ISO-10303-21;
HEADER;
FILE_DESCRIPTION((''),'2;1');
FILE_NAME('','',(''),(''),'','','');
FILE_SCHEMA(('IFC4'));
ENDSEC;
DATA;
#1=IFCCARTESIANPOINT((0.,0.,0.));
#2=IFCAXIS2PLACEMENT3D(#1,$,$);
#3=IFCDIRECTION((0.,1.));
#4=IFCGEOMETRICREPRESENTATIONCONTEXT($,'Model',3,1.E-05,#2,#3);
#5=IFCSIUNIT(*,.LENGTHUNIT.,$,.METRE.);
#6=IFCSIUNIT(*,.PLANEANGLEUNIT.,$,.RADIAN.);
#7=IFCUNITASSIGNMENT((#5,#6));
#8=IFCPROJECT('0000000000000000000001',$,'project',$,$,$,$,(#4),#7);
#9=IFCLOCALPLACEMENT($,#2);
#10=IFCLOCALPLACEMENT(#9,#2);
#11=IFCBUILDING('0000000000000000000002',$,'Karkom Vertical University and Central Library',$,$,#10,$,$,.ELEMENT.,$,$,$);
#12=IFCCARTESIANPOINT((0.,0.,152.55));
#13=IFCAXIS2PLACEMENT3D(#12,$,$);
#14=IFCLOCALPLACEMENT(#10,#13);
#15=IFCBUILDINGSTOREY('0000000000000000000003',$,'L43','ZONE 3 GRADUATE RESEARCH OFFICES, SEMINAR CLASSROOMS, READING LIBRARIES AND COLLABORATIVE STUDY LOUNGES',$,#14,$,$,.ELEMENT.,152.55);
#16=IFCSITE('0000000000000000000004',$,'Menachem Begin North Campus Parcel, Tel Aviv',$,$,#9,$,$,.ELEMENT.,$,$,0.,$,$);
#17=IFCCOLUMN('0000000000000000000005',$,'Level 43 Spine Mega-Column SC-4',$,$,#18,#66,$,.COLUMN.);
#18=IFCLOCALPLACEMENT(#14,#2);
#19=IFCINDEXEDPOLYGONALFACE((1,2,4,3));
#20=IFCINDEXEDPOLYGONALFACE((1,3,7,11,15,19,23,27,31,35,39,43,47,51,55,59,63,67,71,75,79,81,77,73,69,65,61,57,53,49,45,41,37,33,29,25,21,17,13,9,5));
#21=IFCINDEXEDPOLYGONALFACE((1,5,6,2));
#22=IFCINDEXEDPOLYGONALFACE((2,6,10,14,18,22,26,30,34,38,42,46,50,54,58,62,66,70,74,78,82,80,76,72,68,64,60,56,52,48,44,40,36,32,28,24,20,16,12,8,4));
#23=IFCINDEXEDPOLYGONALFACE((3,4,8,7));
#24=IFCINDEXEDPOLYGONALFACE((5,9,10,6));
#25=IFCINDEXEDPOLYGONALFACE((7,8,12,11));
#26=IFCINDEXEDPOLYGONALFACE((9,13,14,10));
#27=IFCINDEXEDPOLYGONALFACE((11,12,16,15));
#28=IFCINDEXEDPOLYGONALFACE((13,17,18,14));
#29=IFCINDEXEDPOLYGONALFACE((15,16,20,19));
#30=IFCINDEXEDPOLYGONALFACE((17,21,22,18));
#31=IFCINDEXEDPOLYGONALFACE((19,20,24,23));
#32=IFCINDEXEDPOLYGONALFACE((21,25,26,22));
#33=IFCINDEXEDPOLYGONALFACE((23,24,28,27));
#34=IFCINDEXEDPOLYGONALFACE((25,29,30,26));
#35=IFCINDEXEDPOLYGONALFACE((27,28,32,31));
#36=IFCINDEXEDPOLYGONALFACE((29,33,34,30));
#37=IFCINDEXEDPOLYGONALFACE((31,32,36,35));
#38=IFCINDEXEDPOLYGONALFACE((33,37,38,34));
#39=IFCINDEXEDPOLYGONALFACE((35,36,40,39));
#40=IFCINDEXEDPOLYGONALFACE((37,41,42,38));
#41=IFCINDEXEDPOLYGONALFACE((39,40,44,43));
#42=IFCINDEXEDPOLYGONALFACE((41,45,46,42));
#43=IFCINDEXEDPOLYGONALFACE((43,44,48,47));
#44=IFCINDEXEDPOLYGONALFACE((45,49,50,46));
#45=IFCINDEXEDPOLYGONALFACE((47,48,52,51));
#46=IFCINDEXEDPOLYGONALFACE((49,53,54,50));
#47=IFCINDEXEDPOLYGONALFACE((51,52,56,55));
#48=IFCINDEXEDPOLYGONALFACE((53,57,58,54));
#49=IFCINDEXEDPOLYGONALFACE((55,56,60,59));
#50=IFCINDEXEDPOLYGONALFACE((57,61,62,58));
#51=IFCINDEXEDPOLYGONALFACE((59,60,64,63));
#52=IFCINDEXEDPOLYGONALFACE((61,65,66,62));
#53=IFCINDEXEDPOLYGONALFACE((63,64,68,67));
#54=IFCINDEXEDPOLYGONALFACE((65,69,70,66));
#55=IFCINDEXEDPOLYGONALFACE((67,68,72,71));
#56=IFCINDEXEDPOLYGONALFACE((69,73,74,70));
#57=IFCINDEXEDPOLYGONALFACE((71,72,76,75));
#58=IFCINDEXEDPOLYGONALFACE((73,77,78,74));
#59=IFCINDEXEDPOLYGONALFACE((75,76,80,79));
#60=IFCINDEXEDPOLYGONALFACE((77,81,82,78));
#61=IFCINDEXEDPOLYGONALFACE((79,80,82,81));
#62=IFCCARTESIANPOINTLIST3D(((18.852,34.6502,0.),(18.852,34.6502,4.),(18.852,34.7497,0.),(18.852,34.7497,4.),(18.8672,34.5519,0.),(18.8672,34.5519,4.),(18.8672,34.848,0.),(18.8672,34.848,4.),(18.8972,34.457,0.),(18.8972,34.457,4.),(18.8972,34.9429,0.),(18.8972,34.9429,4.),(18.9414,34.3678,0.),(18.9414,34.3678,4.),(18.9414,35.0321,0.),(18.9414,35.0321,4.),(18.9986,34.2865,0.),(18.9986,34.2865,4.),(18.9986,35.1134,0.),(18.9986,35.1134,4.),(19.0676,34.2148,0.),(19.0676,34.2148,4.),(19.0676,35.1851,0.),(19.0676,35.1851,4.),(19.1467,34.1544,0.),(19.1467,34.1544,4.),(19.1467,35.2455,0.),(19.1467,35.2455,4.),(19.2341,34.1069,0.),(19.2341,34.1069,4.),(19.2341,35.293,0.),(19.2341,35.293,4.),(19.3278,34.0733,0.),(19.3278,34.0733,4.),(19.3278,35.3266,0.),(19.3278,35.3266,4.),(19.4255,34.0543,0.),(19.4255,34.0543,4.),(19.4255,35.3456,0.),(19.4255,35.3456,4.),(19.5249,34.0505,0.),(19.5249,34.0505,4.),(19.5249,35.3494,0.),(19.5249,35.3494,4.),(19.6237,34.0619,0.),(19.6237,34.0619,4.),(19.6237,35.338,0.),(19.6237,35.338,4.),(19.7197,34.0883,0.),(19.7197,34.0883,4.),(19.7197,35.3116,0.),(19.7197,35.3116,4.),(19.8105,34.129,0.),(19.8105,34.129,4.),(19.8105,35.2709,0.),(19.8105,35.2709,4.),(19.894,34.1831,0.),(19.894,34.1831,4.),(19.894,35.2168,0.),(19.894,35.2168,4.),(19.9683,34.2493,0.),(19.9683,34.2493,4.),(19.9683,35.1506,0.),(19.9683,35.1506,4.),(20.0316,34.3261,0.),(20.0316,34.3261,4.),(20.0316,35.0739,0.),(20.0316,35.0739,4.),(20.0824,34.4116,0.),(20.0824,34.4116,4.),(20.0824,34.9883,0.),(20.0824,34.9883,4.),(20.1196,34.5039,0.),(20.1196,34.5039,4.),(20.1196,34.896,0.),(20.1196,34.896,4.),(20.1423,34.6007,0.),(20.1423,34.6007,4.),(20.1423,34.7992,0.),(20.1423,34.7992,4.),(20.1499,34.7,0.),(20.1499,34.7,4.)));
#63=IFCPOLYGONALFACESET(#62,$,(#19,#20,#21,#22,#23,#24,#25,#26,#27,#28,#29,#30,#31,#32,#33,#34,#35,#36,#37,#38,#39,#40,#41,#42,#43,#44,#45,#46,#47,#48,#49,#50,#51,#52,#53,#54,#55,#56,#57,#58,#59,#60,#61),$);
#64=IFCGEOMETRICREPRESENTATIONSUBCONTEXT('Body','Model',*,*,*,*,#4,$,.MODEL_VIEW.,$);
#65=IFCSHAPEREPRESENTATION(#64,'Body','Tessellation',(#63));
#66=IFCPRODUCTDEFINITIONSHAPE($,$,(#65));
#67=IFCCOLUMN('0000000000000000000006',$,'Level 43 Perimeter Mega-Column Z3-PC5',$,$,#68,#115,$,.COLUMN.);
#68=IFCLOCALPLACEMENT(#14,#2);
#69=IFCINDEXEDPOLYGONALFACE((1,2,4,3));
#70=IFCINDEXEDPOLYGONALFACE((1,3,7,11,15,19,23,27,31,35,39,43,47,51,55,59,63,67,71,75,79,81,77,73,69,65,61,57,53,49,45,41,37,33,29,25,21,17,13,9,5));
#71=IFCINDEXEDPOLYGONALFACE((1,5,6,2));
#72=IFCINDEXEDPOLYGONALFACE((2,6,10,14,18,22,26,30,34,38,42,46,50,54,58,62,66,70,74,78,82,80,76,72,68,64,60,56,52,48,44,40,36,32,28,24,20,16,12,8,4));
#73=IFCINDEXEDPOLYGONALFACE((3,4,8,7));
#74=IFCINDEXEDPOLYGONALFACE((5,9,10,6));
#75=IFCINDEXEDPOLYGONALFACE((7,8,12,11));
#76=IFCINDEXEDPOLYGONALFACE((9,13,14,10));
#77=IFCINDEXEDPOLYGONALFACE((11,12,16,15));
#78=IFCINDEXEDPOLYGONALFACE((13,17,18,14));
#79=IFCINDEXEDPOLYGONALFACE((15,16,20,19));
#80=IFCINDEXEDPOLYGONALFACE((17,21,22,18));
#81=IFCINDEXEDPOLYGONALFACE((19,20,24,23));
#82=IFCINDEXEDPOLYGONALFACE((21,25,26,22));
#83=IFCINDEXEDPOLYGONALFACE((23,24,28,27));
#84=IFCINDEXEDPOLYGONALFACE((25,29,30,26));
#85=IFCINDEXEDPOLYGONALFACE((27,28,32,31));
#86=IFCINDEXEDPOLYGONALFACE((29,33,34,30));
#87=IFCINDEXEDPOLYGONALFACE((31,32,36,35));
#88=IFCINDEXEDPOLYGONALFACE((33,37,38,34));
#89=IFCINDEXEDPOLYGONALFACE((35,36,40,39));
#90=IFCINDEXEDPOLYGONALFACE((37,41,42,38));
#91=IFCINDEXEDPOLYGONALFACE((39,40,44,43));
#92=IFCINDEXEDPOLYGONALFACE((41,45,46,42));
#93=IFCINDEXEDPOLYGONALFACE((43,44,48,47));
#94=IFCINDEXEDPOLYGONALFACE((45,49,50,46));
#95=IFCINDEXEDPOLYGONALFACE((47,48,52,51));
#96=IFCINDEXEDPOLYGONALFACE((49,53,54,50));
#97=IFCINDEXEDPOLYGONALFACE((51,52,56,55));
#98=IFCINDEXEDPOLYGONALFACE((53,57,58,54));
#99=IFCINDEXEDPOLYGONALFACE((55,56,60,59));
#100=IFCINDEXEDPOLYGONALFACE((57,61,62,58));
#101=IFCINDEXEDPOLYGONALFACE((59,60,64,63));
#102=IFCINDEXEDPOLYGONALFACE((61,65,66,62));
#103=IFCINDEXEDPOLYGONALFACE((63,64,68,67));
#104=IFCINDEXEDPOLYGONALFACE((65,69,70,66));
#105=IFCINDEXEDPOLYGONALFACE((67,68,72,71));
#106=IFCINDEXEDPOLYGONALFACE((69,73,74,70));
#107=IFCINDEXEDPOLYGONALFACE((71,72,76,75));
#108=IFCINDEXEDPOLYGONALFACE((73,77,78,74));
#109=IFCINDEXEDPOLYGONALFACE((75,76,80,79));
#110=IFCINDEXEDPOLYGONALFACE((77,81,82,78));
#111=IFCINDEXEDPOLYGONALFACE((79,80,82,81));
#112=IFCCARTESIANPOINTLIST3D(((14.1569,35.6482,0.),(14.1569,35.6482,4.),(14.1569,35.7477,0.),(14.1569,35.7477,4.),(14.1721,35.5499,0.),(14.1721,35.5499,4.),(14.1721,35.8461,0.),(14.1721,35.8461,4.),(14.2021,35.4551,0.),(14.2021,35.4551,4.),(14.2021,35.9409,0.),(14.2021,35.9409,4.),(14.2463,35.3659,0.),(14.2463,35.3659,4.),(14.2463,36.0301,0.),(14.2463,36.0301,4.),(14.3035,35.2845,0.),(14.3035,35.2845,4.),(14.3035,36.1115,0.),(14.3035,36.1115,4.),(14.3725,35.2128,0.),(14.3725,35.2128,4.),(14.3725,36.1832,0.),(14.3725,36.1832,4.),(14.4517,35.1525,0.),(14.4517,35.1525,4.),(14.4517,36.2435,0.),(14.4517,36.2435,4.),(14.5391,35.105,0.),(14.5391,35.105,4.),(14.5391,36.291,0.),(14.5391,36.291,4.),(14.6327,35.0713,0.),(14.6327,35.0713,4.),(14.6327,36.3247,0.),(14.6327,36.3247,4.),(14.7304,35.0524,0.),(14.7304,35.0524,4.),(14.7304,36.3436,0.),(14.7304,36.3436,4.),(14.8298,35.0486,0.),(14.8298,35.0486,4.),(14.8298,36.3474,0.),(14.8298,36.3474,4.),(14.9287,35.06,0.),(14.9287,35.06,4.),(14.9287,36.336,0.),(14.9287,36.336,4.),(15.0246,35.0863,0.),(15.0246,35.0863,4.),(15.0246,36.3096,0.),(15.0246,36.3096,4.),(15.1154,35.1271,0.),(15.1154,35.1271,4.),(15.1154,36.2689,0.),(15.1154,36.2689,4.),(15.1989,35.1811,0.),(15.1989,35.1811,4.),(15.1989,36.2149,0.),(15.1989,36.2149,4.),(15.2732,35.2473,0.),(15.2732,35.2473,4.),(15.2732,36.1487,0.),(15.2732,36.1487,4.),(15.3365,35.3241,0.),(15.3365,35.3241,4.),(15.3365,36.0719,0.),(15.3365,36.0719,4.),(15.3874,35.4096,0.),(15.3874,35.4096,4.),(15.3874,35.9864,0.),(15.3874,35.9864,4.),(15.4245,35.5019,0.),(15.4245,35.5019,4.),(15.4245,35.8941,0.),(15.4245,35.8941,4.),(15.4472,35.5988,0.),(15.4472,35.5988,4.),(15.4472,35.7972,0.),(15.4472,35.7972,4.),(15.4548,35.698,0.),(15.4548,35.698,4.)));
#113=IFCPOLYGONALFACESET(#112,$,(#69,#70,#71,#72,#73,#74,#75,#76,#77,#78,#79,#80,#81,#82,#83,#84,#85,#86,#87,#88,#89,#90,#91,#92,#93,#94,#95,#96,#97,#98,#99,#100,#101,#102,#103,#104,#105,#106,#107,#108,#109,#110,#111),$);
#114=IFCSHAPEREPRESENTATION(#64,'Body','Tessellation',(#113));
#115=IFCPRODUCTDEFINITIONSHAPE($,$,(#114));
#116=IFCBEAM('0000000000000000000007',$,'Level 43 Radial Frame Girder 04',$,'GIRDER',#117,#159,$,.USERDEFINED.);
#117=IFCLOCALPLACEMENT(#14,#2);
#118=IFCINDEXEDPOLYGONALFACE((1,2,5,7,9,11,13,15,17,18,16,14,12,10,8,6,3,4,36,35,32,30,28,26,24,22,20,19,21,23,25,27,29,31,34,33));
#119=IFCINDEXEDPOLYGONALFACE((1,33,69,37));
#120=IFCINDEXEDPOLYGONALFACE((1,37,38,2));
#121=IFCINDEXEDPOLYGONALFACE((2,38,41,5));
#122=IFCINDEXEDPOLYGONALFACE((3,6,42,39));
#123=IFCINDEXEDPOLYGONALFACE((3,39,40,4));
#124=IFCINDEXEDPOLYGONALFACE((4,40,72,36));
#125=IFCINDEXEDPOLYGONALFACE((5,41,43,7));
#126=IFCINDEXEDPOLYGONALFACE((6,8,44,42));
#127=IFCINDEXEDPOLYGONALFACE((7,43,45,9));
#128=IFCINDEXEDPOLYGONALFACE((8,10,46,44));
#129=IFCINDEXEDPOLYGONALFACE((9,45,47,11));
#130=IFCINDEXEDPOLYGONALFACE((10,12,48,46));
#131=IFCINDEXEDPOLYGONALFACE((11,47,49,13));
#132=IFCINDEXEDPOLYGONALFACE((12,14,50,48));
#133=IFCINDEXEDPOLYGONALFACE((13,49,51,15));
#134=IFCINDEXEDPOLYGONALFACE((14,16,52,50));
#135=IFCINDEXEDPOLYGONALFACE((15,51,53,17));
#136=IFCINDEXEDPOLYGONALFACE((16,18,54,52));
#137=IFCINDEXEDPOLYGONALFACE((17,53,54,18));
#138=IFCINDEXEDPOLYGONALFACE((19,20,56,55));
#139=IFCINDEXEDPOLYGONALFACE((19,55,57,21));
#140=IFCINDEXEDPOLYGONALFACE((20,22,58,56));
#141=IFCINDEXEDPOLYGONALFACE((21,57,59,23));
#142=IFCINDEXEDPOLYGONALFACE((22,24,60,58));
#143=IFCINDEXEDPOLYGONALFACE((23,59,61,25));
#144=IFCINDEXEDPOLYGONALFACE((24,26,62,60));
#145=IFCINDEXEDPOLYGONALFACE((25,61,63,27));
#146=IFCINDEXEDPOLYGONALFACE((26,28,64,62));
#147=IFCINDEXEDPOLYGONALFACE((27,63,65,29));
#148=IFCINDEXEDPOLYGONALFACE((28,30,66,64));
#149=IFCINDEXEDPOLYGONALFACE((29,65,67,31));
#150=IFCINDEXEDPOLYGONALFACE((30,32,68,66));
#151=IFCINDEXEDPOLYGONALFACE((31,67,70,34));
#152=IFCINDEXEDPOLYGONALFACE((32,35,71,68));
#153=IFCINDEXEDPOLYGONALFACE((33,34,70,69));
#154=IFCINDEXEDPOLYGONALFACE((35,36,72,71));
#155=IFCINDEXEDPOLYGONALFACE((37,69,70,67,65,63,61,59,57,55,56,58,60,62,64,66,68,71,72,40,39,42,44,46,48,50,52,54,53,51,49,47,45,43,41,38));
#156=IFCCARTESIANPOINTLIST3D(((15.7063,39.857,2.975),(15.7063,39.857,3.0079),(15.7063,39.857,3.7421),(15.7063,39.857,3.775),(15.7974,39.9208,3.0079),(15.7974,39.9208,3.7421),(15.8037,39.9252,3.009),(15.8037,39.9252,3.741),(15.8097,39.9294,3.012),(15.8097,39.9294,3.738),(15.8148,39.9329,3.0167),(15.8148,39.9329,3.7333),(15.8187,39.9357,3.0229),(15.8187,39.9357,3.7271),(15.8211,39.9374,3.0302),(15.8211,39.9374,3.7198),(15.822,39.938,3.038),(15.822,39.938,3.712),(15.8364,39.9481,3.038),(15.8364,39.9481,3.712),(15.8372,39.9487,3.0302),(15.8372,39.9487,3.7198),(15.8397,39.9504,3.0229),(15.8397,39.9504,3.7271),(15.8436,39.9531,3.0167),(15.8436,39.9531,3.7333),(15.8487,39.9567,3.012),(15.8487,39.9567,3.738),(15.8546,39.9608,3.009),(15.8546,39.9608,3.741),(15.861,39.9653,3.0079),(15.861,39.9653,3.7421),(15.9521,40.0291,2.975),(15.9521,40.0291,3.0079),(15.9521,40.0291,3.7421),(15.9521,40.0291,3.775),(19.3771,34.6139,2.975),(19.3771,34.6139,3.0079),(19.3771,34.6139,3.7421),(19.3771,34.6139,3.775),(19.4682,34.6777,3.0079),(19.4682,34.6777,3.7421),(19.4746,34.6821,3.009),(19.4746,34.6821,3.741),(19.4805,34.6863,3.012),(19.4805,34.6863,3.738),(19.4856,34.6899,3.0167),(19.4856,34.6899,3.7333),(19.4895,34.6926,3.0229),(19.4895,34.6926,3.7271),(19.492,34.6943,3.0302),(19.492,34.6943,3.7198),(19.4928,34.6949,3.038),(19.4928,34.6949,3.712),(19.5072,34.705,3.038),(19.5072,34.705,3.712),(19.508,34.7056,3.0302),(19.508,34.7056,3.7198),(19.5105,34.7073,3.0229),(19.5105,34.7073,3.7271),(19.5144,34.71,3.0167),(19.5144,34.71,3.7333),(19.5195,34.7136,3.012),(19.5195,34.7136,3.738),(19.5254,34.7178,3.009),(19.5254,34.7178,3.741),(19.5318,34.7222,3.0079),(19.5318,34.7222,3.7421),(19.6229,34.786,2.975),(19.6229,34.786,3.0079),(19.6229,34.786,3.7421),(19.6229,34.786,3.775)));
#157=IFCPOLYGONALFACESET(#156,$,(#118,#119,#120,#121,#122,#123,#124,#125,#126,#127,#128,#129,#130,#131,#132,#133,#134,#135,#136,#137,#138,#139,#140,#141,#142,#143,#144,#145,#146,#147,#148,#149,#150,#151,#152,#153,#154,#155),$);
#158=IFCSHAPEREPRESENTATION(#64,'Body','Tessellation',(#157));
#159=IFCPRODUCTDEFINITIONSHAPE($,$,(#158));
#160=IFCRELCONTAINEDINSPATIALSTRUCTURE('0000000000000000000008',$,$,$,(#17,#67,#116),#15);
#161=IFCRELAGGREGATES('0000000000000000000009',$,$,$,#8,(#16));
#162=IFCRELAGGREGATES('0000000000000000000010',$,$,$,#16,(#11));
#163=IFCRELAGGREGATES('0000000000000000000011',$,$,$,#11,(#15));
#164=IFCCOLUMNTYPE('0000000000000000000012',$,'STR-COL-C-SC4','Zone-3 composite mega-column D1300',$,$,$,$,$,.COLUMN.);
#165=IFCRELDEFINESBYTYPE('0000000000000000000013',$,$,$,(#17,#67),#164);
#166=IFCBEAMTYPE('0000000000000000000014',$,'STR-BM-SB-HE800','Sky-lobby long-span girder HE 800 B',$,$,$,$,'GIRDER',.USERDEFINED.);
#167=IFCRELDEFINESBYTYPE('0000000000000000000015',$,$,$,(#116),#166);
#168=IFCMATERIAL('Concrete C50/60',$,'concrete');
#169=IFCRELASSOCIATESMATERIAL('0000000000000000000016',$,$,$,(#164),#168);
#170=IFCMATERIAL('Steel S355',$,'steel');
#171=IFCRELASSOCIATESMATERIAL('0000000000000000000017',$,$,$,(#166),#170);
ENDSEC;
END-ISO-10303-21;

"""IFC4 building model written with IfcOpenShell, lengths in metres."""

from ifc_helpers import new_model, si_unit, direction, frame, origin, origin_with_axes, origin_2d, place, context, subcontext, project, spatial, circle, i_section, extrude, source, transform, mapped, material, material_profile, profile_set, type_object, element, save


model = new_model("IFC4")

# Units and contexts
model_context = context("Model", 3, precision=1e-05, world=origin(), true_north=direction((0.0, 1.0)))
body_context = subcontext(model_context, "Body", "Model", "MODEL_VIEW")
ifc_project = project(units=[si_unit("LENGTHUNIT", "METRE"), si_unit("PLANEANGLEUNIT", "RADIAN")], contexts=[model_context])

# Site, building, storey
site_placement = place(None, origin())
site = spatial("IfcSite", under=ifc_project, at=site_placement, Name="Menachem Begin North Campus Parcel, Tel Aviv", CompositionType="ELEMENT", RefElevation=0.0)
building_placement = place(site_placement, origin())
building = spatial("IfcBuilding", under=site, at=building_placement, Name="Karkom Vertical University and Central Library", CompositionType="ELEMENT")
storey_placement = place(building_placement, frame((0.0, 0.0, 152.55)))
storey = spatial("IfcBuildingStorey", under=building, at=storey_placement, Name="L43", Description="ZONE 3 GRADUATE RESEARCH OFFICES, SEMINAR CLASSROOMS, READING LIBRARIES AND COLLABORATIVE STUDY LOUNGES", CompositionType="ELEMENT", Elevation=152.55)

# Columns
ifc_material_1 = material(Name="Concrete C50/60", Category="concrete")
ifc_material_profile_1 = material_profile(ifc_material_1, circle(Radius=0.6499, at=origin_2d()), Name="CFT-D1300")
ifc_profile_set_1 = profile_set([ifc_material_profile_1], Name="Concrete C50/60")
column_type = type_object("IfcColumnType", Name="STR-COL-C-SC4", Description="Zone-3 composite mega-column D1300", PredefinedType="COLUMN", material=ifc_profile_set_1)
shared_shape_1 = source(origin_with_axes(), body_context, "Body", "SweptSolid", [
    extrude(circle(Radius=0.6499, at=origin_2d()), origin(), (0.0, 0.0, 1.0), 4.0),
])
for number, where, z_axis, x_axis, name in (
    (1, (19.5, 34.7, 0.0), (0.0, 0.0, 1.0), (1.0, 0.0, 0.0), "Level 43 Spine Mega-Column SC-4"),
    (2, (14.8049, 35.698, 0.0), (0.0, 0.0, 1.0), (1.0, 0.0, 0.0), "Level 43 Perimeter Mega-Column Z3-PC5"),
):
    element("IfcColumn", number, at=place(storey_placement, frame(where, z_axis=z_axis, x_axis=x_axis)), inside=storey, type_object=column_type, Name=name, PredefinedType="COLUMN", context=body_context, shape_type="MappedRepresentation", body=[
        mapped(shared_shape_1, transform((0.0, 0.0, 0.0), scale=1.0)),
    ])

# Beam
ifc_material_2 = material(Name="Steel S355", Category="steel")
ifc_material_profile_2 = material_profile(ifc_material_2, i_section(OverallWidth=0.3, OverallDepth=0.8, WebThickness=0.0176, FlangeThickness=0.033, FilletRadius=0.03, at=origin_2d()), Name="HE 800 B")
ifc_profile_set_2 = profile_set([ifc_material_profile_2], Name="Steel S355")
beam_type_1 = type_object("IfcBeamType", Name="STR-BM-SB-HE800", Description="Sky-lobby long-span girder HE 800 B", ElementType="GIRDER", PredefinedType="USERDEFINED", material=ifc_profile_set_2)
shared_shape_2 = source(origin_with_axes(), body_context, "Body", "SweptSolid", [
    extrude(i_section(OverallWidth=0.3, OverallDepth=0.8, WebThickness=0.0176, FlangeThickness=0.033, FilletRadius=0.03, at=origin_2d()), origin(), (0.0, 0.0, 1.0), 6.4004),
])
beam_1_placement = place(storey_placement, frame((19.5, 34.7, 3.375), z_axis=(-0.573534, 0.819182, 0.0), x_axis=(-0.819182, -0.573534, 0.0)))
element("IfcBeam", 3, at=beam_1_placement, inside=storey, type_object=beam_type_1, Name="Level 43 Radial Frame Girder 04", ObjectType="GIRDER", PredefinedType="USERDEFINED", context=body_context, shape_type="MappedRepresentation", body=[
    mapped(shared_shape_2, transform((0.0, 0.0, 0.0), scale=1.0)),
])

save(model, "model.ifc")
